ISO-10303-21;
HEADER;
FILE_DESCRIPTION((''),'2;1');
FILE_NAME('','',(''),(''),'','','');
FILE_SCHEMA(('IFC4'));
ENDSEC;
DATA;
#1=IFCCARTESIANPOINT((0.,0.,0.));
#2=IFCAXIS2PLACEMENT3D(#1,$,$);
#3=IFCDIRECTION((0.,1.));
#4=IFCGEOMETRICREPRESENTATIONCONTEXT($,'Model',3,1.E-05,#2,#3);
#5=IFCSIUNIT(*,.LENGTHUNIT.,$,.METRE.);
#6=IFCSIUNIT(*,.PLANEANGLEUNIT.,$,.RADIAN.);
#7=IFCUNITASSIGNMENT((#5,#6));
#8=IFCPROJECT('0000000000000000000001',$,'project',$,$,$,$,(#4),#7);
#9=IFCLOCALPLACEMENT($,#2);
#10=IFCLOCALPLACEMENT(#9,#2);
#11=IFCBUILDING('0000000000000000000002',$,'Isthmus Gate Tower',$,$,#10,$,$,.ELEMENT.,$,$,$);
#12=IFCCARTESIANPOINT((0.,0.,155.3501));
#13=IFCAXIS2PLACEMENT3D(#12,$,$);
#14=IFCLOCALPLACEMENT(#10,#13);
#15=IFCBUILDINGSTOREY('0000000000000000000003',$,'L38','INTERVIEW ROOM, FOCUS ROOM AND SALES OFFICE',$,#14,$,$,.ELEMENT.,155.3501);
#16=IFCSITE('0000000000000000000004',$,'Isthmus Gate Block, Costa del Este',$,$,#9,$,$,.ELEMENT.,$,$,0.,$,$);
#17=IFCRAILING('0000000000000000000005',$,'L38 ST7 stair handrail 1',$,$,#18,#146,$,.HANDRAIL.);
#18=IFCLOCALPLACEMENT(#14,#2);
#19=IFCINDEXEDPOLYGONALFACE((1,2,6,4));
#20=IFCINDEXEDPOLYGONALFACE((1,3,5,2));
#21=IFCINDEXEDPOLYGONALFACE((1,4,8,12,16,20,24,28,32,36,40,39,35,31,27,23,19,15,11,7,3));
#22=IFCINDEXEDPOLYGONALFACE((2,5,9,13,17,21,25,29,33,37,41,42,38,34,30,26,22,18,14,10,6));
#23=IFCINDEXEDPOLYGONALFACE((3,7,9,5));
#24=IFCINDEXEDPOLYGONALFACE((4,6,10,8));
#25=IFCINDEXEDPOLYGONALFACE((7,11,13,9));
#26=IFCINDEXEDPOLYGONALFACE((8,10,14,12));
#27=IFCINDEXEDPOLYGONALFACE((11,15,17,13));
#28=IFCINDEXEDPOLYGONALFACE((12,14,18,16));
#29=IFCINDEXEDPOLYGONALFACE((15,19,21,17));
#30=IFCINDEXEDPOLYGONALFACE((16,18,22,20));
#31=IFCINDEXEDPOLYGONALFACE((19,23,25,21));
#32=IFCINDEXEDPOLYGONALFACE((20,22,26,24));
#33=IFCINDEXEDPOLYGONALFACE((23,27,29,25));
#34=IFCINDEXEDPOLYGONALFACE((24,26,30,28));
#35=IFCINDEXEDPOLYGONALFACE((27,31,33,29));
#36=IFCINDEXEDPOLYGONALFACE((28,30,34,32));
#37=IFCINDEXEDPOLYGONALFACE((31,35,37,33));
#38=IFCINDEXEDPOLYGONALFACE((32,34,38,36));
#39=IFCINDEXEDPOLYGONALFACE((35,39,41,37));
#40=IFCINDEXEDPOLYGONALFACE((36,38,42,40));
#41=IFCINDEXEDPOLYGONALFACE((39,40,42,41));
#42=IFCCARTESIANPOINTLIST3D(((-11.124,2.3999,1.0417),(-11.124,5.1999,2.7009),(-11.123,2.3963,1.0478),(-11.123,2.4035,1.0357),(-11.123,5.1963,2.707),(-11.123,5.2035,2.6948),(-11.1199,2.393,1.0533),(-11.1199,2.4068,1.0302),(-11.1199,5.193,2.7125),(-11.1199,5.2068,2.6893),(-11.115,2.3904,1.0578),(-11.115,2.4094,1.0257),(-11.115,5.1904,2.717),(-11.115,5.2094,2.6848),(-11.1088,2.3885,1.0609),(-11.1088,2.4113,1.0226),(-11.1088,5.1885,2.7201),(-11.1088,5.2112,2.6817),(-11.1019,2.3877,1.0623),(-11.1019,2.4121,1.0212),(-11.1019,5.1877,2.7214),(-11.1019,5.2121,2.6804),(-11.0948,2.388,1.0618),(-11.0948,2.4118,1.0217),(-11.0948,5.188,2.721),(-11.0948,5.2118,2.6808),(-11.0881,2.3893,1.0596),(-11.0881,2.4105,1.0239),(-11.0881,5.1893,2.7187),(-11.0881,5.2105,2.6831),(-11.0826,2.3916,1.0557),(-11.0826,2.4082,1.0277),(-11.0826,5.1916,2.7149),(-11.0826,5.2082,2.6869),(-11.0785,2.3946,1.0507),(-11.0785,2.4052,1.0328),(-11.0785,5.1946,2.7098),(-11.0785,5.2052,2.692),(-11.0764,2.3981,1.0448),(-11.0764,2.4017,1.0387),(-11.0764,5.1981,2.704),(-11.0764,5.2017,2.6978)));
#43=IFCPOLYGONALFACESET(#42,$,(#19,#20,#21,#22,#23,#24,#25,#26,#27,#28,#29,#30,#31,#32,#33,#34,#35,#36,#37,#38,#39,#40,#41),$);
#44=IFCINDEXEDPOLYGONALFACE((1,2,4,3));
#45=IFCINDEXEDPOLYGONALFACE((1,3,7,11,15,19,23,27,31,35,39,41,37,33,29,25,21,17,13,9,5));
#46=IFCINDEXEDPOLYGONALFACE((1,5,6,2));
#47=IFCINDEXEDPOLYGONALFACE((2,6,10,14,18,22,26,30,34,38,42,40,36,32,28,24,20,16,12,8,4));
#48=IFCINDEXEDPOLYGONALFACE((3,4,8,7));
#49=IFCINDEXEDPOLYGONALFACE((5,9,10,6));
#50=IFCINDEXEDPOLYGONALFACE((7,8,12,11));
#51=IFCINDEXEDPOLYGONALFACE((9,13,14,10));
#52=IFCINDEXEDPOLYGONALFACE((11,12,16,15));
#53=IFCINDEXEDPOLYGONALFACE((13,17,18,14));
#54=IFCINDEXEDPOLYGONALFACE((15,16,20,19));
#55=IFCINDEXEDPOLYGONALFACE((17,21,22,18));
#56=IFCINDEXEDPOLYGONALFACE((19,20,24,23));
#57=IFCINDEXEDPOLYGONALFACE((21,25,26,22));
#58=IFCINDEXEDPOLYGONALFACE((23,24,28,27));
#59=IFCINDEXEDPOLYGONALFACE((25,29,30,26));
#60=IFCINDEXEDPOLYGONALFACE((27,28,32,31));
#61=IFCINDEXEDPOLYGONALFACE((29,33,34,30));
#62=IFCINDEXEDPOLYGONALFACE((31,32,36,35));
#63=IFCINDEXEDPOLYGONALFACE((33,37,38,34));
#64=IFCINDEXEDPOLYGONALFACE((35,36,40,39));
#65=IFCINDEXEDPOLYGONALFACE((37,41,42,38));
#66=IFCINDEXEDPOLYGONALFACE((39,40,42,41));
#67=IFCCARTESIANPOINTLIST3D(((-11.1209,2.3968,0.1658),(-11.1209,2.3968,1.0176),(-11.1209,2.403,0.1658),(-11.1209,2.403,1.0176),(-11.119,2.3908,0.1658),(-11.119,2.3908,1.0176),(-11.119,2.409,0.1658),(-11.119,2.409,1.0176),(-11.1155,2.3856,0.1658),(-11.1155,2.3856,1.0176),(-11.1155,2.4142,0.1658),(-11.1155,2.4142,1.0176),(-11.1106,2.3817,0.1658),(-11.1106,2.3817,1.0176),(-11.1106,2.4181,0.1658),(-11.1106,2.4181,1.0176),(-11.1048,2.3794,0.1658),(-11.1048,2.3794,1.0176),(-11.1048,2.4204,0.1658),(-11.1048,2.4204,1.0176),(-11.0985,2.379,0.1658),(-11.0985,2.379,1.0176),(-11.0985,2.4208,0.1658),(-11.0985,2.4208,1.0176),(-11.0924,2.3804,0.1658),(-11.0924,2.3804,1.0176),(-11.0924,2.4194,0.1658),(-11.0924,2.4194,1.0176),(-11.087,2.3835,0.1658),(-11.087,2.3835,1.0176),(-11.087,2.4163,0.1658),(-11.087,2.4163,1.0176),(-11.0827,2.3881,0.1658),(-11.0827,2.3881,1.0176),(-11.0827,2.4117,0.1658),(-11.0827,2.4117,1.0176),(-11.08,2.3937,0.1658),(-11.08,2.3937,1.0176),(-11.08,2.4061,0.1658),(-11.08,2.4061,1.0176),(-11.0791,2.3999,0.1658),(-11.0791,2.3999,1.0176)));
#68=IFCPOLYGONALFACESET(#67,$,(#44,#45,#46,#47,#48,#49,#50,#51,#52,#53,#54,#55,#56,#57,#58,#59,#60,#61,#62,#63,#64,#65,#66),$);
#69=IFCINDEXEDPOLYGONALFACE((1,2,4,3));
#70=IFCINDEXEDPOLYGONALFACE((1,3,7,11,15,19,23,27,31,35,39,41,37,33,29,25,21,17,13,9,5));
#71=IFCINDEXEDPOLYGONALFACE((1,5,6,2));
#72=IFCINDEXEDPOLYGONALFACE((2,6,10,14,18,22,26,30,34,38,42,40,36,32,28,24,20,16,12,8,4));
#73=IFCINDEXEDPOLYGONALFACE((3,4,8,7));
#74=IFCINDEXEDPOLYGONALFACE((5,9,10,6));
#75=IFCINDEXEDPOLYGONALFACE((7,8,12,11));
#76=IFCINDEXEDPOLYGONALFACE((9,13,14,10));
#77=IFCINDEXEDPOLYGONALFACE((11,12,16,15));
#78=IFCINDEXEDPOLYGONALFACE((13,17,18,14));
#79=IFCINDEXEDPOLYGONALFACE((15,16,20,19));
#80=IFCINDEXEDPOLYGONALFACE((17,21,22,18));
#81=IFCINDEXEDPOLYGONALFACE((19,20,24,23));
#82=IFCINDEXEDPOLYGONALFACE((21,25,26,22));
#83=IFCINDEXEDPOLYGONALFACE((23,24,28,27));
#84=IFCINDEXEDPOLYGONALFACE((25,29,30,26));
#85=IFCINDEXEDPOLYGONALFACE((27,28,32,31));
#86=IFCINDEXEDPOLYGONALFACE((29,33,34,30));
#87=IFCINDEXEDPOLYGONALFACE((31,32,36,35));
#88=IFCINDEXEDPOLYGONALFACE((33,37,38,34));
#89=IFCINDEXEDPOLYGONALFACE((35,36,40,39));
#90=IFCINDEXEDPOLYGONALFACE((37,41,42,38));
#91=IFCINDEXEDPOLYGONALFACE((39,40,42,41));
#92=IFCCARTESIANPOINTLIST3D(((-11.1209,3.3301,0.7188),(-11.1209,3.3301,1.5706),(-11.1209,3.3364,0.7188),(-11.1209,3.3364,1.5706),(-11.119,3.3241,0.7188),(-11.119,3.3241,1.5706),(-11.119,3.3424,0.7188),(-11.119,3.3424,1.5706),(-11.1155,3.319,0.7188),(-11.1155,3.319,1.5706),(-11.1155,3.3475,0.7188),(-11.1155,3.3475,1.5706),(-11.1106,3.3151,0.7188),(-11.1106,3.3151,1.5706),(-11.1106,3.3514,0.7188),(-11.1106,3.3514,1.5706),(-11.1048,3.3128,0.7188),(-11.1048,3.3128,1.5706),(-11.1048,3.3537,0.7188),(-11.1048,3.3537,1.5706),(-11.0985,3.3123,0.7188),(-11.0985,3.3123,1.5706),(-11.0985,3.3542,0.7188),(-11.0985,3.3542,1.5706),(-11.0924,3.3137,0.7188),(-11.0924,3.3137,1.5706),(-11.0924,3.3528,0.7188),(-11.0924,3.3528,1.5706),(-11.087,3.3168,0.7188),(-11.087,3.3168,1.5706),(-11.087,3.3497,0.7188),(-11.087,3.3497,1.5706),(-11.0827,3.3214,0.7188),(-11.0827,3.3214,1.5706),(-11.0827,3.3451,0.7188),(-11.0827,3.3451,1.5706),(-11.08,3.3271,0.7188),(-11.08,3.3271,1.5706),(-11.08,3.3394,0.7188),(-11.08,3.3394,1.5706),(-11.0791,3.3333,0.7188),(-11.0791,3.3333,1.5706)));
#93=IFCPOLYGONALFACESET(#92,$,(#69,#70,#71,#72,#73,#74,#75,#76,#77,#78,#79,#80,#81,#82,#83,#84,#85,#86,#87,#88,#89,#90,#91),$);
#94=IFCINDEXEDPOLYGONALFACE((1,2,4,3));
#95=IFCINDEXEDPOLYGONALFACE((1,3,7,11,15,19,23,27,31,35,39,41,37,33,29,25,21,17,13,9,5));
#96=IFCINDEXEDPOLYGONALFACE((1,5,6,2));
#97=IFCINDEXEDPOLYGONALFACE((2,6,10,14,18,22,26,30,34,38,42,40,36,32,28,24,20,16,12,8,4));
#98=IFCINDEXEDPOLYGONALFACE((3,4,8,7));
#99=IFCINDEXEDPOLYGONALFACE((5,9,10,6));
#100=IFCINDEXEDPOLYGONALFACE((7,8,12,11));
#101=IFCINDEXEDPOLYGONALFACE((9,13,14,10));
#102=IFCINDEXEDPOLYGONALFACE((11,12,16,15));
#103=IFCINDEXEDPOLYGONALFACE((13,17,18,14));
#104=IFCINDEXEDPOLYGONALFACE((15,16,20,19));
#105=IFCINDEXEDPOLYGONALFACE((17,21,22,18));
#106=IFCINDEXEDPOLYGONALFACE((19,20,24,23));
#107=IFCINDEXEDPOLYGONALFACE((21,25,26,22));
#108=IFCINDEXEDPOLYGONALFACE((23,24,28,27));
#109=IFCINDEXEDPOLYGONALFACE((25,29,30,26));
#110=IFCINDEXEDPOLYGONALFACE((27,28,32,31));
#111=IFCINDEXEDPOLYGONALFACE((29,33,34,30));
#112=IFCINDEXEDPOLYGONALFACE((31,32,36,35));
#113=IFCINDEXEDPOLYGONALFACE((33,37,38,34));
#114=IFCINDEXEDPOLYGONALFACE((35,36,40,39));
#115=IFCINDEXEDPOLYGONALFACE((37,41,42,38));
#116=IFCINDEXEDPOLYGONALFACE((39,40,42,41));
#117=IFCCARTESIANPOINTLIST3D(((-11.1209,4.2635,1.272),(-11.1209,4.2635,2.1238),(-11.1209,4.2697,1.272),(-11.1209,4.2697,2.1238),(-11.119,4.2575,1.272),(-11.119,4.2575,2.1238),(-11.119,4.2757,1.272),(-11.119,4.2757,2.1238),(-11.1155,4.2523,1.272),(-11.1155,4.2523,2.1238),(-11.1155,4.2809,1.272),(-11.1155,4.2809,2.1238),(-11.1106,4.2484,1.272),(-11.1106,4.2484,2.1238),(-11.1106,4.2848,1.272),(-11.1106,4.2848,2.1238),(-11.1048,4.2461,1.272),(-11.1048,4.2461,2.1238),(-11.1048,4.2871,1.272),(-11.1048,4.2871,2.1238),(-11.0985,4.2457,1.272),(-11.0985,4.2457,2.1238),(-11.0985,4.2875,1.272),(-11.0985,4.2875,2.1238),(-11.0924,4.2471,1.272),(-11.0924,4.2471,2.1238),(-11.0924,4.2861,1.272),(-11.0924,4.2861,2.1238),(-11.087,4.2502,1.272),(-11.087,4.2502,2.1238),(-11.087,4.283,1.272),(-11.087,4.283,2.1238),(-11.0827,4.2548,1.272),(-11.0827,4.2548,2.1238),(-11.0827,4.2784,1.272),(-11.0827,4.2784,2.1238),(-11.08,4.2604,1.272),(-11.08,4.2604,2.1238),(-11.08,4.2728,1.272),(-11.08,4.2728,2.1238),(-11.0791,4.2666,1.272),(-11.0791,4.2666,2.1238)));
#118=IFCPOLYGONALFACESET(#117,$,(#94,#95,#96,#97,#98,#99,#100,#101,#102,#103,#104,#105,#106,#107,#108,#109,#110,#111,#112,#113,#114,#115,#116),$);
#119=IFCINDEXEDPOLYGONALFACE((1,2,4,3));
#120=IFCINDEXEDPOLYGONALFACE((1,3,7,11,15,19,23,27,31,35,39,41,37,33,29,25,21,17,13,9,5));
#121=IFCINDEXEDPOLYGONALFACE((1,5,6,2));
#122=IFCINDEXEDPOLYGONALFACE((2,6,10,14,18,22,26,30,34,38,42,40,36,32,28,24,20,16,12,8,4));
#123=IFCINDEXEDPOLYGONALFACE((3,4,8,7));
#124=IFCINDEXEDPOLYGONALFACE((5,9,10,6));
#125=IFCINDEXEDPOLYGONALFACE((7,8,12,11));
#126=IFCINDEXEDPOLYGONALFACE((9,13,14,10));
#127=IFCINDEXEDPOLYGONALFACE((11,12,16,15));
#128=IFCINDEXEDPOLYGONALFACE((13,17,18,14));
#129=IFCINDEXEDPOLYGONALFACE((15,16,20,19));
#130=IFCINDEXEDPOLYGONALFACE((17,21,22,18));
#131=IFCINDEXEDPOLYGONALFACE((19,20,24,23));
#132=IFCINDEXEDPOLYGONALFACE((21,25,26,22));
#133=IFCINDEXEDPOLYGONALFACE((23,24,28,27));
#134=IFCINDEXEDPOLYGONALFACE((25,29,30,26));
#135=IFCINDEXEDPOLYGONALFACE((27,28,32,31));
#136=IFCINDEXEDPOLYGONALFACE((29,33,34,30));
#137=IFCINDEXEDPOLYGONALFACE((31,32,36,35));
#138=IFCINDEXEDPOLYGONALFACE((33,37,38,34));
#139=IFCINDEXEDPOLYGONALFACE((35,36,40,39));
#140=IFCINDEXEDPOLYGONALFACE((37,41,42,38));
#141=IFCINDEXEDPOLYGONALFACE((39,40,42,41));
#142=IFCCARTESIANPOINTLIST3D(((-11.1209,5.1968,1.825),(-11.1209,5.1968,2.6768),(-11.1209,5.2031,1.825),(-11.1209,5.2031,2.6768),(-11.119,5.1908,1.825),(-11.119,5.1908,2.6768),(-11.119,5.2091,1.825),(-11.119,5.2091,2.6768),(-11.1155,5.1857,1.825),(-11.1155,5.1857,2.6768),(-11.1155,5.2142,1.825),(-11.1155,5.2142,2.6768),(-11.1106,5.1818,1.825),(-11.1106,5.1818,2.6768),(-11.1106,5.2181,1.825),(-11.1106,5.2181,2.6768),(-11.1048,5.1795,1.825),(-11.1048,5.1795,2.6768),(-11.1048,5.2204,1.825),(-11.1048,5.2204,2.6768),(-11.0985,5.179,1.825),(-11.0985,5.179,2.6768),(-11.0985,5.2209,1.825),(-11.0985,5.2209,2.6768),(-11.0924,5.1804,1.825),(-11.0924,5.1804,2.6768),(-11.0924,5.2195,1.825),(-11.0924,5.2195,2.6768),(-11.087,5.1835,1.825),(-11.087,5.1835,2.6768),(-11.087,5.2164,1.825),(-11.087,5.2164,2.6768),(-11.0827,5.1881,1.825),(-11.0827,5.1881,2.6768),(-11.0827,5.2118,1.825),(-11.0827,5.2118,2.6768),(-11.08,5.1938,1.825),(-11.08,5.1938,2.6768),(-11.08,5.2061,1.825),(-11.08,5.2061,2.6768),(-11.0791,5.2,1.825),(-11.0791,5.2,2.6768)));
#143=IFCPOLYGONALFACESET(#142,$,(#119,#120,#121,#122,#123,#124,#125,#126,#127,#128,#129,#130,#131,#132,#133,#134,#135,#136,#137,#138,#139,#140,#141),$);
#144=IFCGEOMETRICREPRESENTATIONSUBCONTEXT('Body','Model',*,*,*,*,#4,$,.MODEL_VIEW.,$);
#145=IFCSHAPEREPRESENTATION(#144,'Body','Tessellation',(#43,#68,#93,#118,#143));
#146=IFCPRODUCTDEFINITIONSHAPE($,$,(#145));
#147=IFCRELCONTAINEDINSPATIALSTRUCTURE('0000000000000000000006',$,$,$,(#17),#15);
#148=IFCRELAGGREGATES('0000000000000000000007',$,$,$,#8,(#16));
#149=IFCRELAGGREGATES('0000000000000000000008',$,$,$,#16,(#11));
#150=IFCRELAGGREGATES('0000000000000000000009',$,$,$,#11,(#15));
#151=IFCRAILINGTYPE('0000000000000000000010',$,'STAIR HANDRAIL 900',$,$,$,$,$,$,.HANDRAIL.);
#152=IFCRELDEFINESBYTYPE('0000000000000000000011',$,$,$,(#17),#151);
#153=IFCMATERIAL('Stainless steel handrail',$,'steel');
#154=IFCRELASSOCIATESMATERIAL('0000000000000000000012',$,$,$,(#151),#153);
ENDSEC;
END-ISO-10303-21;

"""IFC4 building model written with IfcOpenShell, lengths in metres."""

from ifc_helpers import new_model, si_unit, direction, frame, origin, origin_2d, place, context, subcontext, project, spatial, circle, extrude, material, type_object, element, save


model = new_model("IFC4")

# Units and contexts
model_context = context("Model", 3, precision=1e-05, world=origin(), true_north=direction((0.0, 1.0)))
body_context = subcontext(model_context, "Body", "Model", "MODEL_VIEW")
ifc_project = project(units=[si_unit("LENGTHUNIT", "METRE"), si_unit("PLANEANGLEUNIT", "RADIAN")], contexts=[model_context])

# Site, building, storey
site_placement = place(None, origin())
site = spatial("IfcSite", under=ifc_project, at=site_placement, Name="Isthmus Gate Block, Costa del Este", CompositionType="ELEMENT", RefElevation=0.0)
building_placement = place(site_placement, origin())
building = spatial("IfcBuilding", under=site, at=building_placement, Name="Isthmus Gate Tower", CompositionType="ELEMENT")
storey_placement = place(building_placement, frame((0.0, 0.0, 155.3501)))
storey = spatial("IfcBuildingStorey", under=building, at=storey_placement, Name="L38", Description="INTERVIEW ROOM, FOCUS ROOM AND SALES OFFICE", CompositionType="ELEMENT", Elevation=155.3501)

# Railing
ifc_material_1 = material(Name="Stainless steel handrail", Category="steel")
railing_type_1 = type_object("IfcRailingType", Name="STAIR HANDRAIL 900", PredefinedType="HANDRAIL", material=ifc_material_1)
railing_1_placement = place(storey_placement, frame((-11.1001, 2.3999, 0.1658)))
element("IfcRailing", 1, at=railing_1_placement, inside=storey, type_object=railing_type_1, Name="L38 ST7 stair handrail 1", PredefinedType="HANDRAIL", context=body_context, shape_type="SweptSolid", body=[
    extrude(circle(Radius=0.0239, at=origin_2d()), frame((0.0, 0.0, 0.876), z_axis=(0.0, 0.860306, 0.509778), x_axis=(-1.0, 0.0, 0.0)), (0.0, 0.0, 1.0), 3.2546),
    extrude(circle(Radius=0.021, at=origin_2d()), origin(), (0.0, 0.0, 1.0), 0.8518),
    extrude(circle(Radius=0.021, at=origin_2d()), frame((0.0, 0.9333, 0.553)), (0.0, 0.0, 1.0), 0.8518),
    extrude(circle(Radius=0.021, at=origin_2d()), frame((0.0, 1.8667, 1.1062)), (0.0, 0.0, 1.0), 0.8518),
    extrude(circle(Radius=0.021, at=origin_2d()), frame((0.0, 2.8, 1.6592)), (0.0, 0.0, 1.0), 0.8518),
])

save(model, "model.ifc")
